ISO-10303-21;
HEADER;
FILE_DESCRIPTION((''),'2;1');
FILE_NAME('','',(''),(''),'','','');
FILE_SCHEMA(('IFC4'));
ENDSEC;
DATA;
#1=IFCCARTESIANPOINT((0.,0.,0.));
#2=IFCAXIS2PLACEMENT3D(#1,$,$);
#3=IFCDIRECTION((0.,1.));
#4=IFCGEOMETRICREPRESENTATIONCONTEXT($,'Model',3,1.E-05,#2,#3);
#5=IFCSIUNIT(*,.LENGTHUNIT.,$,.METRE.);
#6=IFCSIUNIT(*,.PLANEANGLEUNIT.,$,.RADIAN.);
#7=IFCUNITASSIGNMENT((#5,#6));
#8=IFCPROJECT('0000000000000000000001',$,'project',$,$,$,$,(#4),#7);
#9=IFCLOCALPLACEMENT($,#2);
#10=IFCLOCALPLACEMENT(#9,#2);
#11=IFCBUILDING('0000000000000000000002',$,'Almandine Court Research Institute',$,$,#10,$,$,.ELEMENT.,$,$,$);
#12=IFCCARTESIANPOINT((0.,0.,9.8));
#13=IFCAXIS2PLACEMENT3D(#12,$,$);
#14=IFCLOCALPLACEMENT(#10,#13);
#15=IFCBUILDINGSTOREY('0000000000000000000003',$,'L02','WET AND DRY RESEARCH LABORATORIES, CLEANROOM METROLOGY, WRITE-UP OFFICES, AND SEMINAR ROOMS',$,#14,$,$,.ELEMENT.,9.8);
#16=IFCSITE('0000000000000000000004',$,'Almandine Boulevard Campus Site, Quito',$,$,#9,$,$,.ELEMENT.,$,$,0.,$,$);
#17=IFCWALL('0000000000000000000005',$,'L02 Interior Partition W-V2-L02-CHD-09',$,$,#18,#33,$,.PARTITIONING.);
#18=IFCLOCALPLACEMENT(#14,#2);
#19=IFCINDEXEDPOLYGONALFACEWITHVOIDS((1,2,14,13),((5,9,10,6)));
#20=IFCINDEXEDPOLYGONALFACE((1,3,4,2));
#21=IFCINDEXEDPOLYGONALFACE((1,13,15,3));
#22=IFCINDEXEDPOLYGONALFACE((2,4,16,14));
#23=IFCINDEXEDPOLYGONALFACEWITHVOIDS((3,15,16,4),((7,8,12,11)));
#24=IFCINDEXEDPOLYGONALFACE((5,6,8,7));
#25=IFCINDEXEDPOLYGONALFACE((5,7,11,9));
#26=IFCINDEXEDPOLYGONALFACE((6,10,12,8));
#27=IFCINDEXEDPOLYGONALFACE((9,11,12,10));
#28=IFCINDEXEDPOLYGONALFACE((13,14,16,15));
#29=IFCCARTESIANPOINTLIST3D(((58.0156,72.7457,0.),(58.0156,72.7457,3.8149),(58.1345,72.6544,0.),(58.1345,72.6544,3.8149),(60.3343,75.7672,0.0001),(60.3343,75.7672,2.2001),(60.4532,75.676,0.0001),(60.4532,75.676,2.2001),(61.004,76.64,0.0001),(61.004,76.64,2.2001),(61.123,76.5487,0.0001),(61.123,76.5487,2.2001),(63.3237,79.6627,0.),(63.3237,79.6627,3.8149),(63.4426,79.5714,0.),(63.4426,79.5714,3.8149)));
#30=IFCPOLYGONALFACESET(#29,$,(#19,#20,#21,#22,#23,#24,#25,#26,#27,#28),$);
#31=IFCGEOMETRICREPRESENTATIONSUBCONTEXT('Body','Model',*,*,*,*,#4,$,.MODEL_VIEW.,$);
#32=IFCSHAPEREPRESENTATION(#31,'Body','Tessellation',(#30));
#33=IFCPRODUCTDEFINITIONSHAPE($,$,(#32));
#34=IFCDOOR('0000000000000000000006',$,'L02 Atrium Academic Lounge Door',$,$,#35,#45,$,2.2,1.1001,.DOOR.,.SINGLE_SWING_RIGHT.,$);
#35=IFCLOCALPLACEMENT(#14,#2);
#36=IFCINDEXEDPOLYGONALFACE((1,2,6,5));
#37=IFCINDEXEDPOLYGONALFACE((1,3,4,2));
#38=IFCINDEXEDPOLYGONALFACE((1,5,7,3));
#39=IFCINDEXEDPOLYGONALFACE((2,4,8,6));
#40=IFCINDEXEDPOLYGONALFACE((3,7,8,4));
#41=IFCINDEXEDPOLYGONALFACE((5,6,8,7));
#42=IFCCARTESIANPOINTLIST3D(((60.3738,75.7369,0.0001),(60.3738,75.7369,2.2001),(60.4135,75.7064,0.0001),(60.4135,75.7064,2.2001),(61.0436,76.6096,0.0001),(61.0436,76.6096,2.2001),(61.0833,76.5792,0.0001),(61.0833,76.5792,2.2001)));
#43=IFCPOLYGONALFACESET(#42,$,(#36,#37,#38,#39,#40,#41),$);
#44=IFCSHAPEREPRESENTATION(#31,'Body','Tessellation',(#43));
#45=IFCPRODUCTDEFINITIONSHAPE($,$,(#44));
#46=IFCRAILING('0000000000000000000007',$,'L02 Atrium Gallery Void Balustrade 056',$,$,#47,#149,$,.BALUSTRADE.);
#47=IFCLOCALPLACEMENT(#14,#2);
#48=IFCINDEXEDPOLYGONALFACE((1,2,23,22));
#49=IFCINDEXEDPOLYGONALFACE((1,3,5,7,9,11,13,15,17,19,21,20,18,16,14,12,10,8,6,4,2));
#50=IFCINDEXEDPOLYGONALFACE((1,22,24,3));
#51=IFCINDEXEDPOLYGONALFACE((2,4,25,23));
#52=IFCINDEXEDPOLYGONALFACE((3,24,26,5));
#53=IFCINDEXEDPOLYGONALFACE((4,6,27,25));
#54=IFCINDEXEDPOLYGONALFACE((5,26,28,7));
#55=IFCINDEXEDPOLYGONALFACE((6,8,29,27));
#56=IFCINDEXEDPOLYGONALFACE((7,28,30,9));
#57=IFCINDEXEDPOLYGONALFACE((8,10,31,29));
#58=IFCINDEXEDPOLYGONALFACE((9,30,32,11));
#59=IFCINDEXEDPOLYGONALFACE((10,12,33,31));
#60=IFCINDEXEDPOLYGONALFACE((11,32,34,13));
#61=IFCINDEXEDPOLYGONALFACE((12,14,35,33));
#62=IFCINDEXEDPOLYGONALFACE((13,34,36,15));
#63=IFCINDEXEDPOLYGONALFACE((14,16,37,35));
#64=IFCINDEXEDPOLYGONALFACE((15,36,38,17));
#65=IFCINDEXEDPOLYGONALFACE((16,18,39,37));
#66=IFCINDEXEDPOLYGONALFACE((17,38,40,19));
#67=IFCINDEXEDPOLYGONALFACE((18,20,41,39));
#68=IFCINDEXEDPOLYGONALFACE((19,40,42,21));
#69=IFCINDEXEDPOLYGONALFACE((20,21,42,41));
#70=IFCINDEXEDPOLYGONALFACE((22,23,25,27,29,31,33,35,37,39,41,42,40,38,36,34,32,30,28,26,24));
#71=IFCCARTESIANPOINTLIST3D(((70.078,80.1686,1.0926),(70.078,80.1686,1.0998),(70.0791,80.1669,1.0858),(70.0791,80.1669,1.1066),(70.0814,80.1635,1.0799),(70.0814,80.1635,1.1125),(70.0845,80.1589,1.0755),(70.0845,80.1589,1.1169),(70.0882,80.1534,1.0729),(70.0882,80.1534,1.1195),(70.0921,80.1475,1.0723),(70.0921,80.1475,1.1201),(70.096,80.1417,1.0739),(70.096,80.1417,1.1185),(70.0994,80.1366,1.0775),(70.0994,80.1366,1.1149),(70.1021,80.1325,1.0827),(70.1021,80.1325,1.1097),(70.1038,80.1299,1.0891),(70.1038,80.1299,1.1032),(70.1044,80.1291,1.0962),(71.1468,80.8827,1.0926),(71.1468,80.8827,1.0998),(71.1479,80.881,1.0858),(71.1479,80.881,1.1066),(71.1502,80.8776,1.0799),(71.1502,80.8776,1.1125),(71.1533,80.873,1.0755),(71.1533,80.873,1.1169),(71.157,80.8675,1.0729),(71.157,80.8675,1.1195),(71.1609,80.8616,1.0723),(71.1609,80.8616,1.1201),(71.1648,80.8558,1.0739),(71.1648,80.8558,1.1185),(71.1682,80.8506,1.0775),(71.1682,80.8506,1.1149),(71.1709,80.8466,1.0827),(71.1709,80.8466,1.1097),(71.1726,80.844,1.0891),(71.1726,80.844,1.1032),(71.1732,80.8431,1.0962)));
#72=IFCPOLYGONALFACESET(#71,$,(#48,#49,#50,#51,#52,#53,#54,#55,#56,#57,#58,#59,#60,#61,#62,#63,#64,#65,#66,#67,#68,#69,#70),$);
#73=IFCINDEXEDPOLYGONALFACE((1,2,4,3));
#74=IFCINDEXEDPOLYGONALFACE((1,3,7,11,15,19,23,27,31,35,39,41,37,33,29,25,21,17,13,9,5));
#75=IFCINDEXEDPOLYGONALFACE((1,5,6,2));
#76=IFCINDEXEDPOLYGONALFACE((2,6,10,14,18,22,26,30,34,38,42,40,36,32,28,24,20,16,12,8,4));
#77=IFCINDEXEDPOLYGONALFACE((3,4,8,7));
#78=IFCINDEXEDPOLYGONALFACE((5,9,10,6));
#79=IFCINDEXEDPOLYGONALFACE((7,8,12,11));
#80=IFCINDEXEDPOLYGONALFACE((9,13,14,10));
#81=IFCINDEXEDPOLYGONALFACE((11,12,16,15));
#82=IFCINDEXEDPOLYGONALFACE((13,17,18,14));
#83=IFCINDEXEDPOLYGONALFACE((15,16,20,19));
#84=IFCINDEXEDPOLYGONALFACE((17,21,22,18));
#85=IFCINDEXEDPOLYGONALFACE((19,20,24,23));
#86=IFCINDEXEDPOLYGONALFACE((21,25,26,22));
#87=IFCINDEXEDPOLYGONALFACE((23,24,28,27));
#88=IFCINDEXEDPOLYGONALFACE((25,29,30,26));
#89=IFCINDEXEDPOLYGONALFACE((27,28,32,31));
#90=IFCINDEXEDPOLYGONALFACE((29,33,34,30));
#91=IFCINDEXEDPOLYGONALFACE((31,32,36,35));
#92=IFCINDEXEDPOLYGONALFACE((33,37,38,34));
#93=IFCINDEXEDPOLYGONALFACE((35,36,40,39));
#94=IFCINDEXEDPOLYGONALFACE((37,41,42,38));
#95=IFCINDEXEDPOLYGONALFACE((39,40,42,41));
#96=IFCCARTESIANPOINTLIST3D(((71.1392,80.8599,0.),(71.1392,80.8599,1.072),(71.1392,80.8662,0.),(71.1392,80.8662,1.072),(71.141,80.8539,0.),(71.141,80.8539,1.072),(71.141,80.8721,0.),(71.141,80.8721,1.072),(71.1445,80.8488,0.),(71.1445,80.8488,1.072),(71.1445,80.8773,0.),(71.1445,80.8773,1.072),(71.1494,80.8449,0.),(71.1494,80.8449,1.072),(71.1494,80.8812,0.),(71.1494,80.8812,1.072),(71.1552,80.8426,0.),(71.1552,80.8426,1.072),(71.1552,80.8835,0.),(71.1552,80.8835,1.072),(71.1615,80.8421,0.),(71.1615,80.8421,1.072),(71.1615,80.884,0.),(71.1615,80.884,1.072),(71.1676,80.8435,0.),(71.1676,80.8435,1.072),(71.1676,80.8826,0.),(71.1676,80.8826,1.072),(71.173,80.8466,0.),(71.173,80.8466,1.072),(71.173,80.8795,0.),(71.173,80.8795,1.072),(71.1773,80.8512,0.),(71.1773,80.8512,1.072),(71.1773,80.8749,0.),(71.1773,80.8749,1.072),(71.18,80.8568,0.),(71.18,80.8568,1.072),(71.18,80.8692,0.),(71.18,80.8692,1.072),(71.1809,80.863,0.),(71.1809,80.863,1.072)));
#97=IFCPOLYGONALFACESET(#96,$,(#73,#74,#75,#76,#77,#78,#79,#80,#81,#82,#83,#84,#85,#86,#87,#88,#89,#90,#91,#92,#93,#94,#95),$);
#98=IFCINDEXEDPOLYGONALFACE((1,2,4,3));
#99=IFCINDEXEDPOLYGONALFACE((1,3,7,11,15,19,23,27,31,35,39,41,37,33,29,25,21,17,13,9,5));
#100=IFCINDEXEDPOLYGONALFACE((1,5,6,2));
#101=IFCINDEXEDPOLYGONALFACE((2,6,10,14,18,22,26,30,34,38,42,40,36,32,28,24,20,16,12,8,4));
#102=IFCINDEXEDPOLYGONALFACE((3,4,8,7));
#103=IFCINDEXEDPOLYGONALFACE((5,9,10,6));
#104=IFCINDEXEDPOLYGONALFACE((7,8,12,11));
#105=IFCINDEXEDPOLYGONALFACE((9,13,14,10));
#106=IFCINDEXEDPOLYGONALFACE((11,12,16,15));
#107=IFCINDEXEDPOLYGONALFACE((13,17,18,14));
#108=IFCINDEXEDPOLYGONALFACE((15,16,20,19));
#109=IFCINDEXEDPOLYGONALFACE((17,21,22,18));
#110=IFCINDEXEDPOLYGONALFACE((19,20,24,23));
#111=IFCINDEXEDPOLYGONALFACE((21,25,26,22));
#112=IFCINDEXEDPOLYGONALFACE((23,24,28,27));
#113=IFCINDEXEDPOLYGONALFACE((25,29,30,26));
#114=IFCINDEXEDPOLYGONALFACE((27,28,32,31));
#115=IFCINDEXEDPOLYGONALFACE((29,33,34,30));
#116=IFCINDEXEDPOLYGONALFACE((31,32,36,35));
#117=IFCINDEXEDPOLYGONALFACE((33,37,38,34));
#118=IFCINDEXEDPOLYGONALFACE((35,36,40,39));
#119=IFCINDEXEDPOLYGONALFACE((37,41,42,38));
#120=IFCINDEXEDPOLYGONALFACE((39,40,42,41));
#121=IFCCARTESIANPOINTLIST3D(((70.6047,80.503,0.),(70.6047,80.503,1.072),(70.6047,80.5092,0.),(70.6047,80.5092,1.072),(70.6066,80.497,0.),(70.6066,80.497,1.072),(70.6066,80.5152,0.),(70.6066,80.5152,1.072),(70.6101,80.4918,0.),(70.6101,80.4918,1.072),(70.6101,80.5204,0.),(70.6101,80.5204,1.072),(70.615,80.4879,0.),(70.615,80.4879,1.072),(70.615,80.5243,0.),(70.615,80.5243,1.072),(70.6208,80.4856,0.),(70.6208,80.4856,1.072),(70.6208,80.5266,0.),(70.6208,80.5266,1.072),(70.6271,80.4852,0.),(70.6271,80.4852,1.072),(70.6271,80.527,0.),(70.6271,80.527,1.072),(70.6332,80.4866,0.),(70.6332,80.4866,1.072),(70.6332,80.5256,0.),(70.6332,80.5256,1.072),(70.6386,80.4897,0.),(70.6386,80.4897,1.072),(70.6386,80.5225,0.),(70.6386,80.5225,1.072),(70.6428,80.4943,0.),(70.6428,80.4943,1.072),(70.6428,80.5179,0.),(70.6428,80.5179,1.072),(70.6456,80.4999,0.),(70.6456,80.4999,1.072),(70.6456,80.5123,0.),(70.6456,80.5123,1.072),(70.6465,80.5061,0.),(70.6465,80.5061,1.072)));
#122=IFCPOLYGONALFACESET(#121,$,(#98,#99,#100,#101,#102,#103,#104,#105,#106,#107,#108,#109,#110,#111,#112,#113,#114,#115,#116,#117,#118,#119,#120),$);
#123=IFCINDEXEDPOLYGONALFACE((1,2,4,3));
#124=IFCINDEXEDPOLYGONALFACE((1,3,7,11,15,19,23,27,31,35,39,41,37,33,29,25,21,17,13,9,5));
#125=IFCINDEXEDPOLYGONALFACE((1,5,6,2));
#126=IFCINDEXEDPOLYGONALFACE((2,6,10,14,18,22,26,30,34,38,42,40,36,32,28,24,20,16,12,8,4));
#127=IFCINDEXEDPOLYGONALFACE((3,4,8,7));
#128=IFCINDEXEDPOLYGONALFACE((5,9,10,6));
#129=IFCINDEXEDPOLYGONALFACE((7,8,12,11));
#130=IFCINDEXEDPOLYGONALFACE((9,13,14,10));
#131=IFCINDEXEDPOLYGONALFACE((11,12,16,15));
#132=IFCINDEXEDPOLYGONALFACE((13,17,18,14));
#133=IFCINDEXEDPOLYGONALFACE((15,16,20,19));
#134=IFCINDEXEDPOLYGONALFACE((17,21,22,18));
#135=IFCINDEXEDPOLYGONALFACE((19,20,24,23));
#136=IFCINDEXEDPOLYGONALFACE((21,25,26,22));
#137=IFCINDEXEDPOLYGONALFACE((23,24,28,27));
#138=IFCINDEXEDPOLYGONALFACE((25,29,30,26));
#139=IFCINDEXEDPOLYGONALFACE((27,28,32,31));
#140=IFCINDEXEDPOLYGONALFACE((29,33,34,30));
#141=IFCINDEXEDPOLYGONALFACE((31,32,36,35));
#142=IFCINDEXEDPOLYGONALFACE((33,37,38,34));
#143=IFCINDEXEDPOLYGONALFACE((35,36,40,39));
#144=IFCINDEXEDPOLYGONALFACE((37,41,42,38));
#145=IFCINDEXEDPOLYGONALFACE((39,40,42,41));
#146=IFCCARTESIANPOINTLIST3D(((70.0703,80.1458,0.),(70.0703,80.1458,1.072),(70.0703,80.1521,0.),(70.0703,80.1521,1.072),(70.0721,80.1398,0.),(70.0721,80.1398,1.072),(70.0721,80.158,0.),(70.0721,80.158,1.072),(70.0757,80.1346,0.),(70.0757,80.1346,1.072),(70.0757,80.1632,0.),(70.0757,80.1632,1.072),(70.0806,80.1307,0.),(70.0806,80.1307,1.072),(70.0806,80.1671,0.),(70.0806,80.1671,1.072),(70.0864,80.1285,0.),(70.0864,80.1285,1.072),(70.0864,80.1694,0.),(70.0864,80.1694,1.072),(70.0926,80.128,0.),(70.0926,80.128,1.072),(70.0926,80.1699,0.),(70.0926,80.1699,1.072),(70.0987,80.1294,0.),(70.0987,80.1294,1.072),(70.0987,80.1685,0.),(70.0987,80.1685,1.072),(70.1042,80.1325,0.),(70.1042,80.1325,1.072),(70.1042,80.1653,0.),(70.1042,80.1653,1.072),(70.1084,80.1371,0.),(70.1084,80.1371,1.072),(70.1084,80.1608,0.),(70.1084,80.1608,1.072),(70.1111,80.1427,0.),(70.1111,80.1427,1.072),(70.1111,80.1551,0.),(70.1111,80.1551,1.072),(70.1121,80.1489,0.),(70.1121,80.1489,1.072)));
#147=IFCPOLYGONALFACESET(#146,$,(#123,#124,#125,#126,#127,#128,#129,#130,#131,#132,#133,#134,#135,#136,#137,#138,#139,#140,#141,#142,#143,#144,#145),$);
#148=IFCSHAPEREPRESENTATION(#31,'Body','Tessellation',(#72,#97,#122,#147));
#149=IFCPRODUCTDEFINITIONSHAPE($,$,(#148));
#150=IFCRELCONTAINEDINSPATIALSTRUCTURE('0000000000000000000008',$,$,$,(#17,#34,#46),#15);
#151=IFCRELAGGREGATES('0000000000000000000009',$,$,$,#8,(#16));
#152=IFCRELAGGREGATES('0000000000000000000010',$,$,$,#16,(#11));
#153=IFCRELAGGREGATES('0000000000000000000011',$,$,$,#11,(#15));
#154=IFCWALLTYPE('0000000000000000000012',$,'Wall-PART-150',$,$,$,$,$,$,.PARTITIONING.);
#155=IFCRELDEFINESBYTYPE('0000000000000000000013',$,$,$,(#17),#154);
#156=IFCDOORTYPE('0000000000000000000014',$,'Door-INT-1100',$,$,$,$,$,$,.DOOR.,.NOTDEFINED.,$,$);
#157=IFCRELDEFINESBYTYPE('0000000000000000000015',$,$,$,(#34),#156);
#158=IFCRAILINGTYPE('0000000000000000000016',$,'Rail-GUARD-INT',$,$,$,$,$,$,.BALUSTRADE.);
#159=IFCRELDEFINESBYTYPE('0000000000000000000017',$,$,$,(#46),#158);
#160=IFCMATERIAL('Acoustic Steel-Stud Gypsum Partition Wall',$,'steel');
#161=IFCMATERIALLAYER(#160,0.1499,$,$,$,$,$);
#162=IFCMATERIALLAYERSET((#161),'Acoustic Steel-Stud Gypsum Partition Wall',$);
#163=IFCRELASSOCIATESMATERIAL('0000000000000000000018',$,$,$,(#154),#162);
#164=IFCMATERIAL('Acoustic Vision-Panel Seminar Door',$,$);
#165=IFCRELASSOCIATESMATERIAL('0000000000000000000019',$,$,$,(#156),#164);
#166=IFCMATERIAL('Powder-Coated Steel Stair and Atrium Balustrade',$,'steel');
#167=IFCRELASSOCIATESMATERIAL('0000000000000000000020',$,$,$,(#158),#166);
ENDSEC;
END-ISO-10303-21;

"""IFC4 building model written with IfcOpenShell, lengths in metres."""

from ifc_helpers import new_model, si_unit, direction, frame, frame_2d, origin, origin_2d, place, context, subcontext, project, spatial, rectangle, circle, extrude, material, layer, layer_set, type_object, element, fill, save


model = new_model("IFC4")

# Units and contexts
model_context = context("Model", 3, precision=1e-05, world=origin(), true_north=direction((0.0, 1.0)))
body_context = subcontext(model_context, "Body", "Model", "MODEL_VIEW")
ifc_project = project(units=[si_unit("LENGTHUNIT", "METRE"), si_unit("PLANEANGLEUNIT", "RADIAN")], contexts=[model_context])

# Site, building, storey
site_placement = place(None, origin())
site = spatial("IfcSite", under=ifc_project, at=site_placement, Name="Almandine Boulevard Campus Site, Quito", CompositionType="ELEMENT", RefElevation=0.0)
building_placement = place(site_placement, origin())
building = spatial("IfcBuilding", under=site, at=building_placement, Name="Almandine Court Research Institute", CompositionType="ELEMENT")
storey_placement = place(building_placement, frame((0.0, 0.0, 9.8)))
storey = spatial("IfcBuildingStorey", under=building, at=storey_placement, Name="L02", Description="WET AND DRY RESEARCH LABORATORIES, CLEANROOM METROLOGY, WRITE-UP OFFICES, AND SEMINAR ROOMS", CompositionType="ELEMENT", Elevation=9.8)

# Wall, opening, door
ifc_material_1 = material(Name="Acoustic Steel-Stud Gypsum Partition Wall", Category="steel")
ifc_layer = layer(ifc_material_1, 0.1499)
ifc_layer_set = layer_set([ifc_layer], Name="Acoustic Steel-Stud Gypsum Partition Wall")
wall_type = type_object("IfcWallType", Name="Wall-PART-150", PredefinedType="PARTITIONING", material=ifc_layer_set)
wall_placement = place(storey_placement, frame((63.3831, 79.6169, 0.0), z_axis=(0.0, 0.0, 1.0), x_axis=(-0.608798, -0.793325, 0.0)))
wall = element("IfcWall", 1, at=wall_placement, inside=storey, type_object=wall_type, Name="L02 Interior Partition W-V2-L02-CHD-09", PredefinedType="PARTITIONING", context=body_context, shape_type="SweptSolid", body=[
    extrude(rectangle(XDim=8.719, YDim=0.1499, at=frame_2d((4.3594, 0.0))), origin(), (0.0, 0.0, 1.0), 3.8149),
])
opening_placement = place(wall_placement, frame((3.8101, 0.0, 0.0)))
opening = element("IfcOpeningElement", 2, at=opening_placement, cuts=wall, PredefinedType="OPENING", context=body_context, shape_type="SweptSolid", body=[
    extrude(rectangle(XDim=1.1001, YDim=2.2, at=frame_2d((0.55, 1.1001))), frame((0.0, 0.085, 0.0), z_axis=(0.0, -1.0, 0.0), x_axis=(1.0, 0.0, 0.0)), (0.0, 0.0, 1.0), 0.1699),
])
ifc_material_2 = material(Name="Acoustic Vision-Panel Seminar Door")
door_type = type_object("IfcDoorType", Name="Door-INT-1100", OperationType="NOTDEFINED", PredefinedType="DOOR", material=ifc_material_2)
door_placement = place(opening_placement, origin())
door = element("IfcDoor", 3, at=door_placement, inside=storey, type_object=door_type, Name="L02 Atrium Academic Lounge Door", OperationType="SINGLE_SWING_RIGHT", OverallHeight=2.2, OverallWidth=1.1001, PredefinedType="DOOR", context=body_context, shape_type="SweptSolid", body=[
    extrude(rectangle(XDim=1.1001, YDim=2.2, at=frame_2d((0.55, 1.1001))), frame((0.0, 0.0249, 0.0), z_axis=(0.0, -1.0, 0.0), x_axis=(1.0, 0.0, 0.0)), (0.0, 0.0, 1.0), 0.05),
])
fill(opening, door)

# Railing
ifc_material_3 = material(Name="Powder-Coated Steel Stair and Atrium Balustrade", Category="steel")
railing_type = type_object("IfcRailingType", Name="Rail-GUARD-INT", PredefinedType="BALUSTRADE", material=ifc_material_3)
railing_1_placement = place(storey_placement, frame((71.1599, 80.863, 0.0)))
element("IfcRailing", 4, at=railing_1_placement, inside=storey, type_object=railing_type, Name="L02 Atrium Gallery Void Balustrade 056", PredefinedType="BALUSTRADE", context=body_context, shape_type="SweptSolid", body=[
    extrude(circle(Radius=0.0239, at=origin_2d()), frame((0.0, 0.0, 1.0962), z_axis=(-0.831495, -0.555533, 0.0), x_axis=(0.555533, -0.831495, 0.0)), (0.0, 0.0, 1.0), 1.2854),
    extrude(circle(Radius=0.021, at=origin_2d()), origin(), (0.0, 0.0, 1.0), 1.072),
    extrude(circle(Radius=0.021, at=origin_2d()), frame((-0.5344, -0.3569, 0.0)), (0.0, 0.0, 1.0), 1.072),
    extrude(circle(Radius=0.021, at=origin_2d()), frame((-1.0688, -0.7141, 0.0)), (0.0, 0.0, 1.0), 1.072),
])

save(model, "model.ifc")
